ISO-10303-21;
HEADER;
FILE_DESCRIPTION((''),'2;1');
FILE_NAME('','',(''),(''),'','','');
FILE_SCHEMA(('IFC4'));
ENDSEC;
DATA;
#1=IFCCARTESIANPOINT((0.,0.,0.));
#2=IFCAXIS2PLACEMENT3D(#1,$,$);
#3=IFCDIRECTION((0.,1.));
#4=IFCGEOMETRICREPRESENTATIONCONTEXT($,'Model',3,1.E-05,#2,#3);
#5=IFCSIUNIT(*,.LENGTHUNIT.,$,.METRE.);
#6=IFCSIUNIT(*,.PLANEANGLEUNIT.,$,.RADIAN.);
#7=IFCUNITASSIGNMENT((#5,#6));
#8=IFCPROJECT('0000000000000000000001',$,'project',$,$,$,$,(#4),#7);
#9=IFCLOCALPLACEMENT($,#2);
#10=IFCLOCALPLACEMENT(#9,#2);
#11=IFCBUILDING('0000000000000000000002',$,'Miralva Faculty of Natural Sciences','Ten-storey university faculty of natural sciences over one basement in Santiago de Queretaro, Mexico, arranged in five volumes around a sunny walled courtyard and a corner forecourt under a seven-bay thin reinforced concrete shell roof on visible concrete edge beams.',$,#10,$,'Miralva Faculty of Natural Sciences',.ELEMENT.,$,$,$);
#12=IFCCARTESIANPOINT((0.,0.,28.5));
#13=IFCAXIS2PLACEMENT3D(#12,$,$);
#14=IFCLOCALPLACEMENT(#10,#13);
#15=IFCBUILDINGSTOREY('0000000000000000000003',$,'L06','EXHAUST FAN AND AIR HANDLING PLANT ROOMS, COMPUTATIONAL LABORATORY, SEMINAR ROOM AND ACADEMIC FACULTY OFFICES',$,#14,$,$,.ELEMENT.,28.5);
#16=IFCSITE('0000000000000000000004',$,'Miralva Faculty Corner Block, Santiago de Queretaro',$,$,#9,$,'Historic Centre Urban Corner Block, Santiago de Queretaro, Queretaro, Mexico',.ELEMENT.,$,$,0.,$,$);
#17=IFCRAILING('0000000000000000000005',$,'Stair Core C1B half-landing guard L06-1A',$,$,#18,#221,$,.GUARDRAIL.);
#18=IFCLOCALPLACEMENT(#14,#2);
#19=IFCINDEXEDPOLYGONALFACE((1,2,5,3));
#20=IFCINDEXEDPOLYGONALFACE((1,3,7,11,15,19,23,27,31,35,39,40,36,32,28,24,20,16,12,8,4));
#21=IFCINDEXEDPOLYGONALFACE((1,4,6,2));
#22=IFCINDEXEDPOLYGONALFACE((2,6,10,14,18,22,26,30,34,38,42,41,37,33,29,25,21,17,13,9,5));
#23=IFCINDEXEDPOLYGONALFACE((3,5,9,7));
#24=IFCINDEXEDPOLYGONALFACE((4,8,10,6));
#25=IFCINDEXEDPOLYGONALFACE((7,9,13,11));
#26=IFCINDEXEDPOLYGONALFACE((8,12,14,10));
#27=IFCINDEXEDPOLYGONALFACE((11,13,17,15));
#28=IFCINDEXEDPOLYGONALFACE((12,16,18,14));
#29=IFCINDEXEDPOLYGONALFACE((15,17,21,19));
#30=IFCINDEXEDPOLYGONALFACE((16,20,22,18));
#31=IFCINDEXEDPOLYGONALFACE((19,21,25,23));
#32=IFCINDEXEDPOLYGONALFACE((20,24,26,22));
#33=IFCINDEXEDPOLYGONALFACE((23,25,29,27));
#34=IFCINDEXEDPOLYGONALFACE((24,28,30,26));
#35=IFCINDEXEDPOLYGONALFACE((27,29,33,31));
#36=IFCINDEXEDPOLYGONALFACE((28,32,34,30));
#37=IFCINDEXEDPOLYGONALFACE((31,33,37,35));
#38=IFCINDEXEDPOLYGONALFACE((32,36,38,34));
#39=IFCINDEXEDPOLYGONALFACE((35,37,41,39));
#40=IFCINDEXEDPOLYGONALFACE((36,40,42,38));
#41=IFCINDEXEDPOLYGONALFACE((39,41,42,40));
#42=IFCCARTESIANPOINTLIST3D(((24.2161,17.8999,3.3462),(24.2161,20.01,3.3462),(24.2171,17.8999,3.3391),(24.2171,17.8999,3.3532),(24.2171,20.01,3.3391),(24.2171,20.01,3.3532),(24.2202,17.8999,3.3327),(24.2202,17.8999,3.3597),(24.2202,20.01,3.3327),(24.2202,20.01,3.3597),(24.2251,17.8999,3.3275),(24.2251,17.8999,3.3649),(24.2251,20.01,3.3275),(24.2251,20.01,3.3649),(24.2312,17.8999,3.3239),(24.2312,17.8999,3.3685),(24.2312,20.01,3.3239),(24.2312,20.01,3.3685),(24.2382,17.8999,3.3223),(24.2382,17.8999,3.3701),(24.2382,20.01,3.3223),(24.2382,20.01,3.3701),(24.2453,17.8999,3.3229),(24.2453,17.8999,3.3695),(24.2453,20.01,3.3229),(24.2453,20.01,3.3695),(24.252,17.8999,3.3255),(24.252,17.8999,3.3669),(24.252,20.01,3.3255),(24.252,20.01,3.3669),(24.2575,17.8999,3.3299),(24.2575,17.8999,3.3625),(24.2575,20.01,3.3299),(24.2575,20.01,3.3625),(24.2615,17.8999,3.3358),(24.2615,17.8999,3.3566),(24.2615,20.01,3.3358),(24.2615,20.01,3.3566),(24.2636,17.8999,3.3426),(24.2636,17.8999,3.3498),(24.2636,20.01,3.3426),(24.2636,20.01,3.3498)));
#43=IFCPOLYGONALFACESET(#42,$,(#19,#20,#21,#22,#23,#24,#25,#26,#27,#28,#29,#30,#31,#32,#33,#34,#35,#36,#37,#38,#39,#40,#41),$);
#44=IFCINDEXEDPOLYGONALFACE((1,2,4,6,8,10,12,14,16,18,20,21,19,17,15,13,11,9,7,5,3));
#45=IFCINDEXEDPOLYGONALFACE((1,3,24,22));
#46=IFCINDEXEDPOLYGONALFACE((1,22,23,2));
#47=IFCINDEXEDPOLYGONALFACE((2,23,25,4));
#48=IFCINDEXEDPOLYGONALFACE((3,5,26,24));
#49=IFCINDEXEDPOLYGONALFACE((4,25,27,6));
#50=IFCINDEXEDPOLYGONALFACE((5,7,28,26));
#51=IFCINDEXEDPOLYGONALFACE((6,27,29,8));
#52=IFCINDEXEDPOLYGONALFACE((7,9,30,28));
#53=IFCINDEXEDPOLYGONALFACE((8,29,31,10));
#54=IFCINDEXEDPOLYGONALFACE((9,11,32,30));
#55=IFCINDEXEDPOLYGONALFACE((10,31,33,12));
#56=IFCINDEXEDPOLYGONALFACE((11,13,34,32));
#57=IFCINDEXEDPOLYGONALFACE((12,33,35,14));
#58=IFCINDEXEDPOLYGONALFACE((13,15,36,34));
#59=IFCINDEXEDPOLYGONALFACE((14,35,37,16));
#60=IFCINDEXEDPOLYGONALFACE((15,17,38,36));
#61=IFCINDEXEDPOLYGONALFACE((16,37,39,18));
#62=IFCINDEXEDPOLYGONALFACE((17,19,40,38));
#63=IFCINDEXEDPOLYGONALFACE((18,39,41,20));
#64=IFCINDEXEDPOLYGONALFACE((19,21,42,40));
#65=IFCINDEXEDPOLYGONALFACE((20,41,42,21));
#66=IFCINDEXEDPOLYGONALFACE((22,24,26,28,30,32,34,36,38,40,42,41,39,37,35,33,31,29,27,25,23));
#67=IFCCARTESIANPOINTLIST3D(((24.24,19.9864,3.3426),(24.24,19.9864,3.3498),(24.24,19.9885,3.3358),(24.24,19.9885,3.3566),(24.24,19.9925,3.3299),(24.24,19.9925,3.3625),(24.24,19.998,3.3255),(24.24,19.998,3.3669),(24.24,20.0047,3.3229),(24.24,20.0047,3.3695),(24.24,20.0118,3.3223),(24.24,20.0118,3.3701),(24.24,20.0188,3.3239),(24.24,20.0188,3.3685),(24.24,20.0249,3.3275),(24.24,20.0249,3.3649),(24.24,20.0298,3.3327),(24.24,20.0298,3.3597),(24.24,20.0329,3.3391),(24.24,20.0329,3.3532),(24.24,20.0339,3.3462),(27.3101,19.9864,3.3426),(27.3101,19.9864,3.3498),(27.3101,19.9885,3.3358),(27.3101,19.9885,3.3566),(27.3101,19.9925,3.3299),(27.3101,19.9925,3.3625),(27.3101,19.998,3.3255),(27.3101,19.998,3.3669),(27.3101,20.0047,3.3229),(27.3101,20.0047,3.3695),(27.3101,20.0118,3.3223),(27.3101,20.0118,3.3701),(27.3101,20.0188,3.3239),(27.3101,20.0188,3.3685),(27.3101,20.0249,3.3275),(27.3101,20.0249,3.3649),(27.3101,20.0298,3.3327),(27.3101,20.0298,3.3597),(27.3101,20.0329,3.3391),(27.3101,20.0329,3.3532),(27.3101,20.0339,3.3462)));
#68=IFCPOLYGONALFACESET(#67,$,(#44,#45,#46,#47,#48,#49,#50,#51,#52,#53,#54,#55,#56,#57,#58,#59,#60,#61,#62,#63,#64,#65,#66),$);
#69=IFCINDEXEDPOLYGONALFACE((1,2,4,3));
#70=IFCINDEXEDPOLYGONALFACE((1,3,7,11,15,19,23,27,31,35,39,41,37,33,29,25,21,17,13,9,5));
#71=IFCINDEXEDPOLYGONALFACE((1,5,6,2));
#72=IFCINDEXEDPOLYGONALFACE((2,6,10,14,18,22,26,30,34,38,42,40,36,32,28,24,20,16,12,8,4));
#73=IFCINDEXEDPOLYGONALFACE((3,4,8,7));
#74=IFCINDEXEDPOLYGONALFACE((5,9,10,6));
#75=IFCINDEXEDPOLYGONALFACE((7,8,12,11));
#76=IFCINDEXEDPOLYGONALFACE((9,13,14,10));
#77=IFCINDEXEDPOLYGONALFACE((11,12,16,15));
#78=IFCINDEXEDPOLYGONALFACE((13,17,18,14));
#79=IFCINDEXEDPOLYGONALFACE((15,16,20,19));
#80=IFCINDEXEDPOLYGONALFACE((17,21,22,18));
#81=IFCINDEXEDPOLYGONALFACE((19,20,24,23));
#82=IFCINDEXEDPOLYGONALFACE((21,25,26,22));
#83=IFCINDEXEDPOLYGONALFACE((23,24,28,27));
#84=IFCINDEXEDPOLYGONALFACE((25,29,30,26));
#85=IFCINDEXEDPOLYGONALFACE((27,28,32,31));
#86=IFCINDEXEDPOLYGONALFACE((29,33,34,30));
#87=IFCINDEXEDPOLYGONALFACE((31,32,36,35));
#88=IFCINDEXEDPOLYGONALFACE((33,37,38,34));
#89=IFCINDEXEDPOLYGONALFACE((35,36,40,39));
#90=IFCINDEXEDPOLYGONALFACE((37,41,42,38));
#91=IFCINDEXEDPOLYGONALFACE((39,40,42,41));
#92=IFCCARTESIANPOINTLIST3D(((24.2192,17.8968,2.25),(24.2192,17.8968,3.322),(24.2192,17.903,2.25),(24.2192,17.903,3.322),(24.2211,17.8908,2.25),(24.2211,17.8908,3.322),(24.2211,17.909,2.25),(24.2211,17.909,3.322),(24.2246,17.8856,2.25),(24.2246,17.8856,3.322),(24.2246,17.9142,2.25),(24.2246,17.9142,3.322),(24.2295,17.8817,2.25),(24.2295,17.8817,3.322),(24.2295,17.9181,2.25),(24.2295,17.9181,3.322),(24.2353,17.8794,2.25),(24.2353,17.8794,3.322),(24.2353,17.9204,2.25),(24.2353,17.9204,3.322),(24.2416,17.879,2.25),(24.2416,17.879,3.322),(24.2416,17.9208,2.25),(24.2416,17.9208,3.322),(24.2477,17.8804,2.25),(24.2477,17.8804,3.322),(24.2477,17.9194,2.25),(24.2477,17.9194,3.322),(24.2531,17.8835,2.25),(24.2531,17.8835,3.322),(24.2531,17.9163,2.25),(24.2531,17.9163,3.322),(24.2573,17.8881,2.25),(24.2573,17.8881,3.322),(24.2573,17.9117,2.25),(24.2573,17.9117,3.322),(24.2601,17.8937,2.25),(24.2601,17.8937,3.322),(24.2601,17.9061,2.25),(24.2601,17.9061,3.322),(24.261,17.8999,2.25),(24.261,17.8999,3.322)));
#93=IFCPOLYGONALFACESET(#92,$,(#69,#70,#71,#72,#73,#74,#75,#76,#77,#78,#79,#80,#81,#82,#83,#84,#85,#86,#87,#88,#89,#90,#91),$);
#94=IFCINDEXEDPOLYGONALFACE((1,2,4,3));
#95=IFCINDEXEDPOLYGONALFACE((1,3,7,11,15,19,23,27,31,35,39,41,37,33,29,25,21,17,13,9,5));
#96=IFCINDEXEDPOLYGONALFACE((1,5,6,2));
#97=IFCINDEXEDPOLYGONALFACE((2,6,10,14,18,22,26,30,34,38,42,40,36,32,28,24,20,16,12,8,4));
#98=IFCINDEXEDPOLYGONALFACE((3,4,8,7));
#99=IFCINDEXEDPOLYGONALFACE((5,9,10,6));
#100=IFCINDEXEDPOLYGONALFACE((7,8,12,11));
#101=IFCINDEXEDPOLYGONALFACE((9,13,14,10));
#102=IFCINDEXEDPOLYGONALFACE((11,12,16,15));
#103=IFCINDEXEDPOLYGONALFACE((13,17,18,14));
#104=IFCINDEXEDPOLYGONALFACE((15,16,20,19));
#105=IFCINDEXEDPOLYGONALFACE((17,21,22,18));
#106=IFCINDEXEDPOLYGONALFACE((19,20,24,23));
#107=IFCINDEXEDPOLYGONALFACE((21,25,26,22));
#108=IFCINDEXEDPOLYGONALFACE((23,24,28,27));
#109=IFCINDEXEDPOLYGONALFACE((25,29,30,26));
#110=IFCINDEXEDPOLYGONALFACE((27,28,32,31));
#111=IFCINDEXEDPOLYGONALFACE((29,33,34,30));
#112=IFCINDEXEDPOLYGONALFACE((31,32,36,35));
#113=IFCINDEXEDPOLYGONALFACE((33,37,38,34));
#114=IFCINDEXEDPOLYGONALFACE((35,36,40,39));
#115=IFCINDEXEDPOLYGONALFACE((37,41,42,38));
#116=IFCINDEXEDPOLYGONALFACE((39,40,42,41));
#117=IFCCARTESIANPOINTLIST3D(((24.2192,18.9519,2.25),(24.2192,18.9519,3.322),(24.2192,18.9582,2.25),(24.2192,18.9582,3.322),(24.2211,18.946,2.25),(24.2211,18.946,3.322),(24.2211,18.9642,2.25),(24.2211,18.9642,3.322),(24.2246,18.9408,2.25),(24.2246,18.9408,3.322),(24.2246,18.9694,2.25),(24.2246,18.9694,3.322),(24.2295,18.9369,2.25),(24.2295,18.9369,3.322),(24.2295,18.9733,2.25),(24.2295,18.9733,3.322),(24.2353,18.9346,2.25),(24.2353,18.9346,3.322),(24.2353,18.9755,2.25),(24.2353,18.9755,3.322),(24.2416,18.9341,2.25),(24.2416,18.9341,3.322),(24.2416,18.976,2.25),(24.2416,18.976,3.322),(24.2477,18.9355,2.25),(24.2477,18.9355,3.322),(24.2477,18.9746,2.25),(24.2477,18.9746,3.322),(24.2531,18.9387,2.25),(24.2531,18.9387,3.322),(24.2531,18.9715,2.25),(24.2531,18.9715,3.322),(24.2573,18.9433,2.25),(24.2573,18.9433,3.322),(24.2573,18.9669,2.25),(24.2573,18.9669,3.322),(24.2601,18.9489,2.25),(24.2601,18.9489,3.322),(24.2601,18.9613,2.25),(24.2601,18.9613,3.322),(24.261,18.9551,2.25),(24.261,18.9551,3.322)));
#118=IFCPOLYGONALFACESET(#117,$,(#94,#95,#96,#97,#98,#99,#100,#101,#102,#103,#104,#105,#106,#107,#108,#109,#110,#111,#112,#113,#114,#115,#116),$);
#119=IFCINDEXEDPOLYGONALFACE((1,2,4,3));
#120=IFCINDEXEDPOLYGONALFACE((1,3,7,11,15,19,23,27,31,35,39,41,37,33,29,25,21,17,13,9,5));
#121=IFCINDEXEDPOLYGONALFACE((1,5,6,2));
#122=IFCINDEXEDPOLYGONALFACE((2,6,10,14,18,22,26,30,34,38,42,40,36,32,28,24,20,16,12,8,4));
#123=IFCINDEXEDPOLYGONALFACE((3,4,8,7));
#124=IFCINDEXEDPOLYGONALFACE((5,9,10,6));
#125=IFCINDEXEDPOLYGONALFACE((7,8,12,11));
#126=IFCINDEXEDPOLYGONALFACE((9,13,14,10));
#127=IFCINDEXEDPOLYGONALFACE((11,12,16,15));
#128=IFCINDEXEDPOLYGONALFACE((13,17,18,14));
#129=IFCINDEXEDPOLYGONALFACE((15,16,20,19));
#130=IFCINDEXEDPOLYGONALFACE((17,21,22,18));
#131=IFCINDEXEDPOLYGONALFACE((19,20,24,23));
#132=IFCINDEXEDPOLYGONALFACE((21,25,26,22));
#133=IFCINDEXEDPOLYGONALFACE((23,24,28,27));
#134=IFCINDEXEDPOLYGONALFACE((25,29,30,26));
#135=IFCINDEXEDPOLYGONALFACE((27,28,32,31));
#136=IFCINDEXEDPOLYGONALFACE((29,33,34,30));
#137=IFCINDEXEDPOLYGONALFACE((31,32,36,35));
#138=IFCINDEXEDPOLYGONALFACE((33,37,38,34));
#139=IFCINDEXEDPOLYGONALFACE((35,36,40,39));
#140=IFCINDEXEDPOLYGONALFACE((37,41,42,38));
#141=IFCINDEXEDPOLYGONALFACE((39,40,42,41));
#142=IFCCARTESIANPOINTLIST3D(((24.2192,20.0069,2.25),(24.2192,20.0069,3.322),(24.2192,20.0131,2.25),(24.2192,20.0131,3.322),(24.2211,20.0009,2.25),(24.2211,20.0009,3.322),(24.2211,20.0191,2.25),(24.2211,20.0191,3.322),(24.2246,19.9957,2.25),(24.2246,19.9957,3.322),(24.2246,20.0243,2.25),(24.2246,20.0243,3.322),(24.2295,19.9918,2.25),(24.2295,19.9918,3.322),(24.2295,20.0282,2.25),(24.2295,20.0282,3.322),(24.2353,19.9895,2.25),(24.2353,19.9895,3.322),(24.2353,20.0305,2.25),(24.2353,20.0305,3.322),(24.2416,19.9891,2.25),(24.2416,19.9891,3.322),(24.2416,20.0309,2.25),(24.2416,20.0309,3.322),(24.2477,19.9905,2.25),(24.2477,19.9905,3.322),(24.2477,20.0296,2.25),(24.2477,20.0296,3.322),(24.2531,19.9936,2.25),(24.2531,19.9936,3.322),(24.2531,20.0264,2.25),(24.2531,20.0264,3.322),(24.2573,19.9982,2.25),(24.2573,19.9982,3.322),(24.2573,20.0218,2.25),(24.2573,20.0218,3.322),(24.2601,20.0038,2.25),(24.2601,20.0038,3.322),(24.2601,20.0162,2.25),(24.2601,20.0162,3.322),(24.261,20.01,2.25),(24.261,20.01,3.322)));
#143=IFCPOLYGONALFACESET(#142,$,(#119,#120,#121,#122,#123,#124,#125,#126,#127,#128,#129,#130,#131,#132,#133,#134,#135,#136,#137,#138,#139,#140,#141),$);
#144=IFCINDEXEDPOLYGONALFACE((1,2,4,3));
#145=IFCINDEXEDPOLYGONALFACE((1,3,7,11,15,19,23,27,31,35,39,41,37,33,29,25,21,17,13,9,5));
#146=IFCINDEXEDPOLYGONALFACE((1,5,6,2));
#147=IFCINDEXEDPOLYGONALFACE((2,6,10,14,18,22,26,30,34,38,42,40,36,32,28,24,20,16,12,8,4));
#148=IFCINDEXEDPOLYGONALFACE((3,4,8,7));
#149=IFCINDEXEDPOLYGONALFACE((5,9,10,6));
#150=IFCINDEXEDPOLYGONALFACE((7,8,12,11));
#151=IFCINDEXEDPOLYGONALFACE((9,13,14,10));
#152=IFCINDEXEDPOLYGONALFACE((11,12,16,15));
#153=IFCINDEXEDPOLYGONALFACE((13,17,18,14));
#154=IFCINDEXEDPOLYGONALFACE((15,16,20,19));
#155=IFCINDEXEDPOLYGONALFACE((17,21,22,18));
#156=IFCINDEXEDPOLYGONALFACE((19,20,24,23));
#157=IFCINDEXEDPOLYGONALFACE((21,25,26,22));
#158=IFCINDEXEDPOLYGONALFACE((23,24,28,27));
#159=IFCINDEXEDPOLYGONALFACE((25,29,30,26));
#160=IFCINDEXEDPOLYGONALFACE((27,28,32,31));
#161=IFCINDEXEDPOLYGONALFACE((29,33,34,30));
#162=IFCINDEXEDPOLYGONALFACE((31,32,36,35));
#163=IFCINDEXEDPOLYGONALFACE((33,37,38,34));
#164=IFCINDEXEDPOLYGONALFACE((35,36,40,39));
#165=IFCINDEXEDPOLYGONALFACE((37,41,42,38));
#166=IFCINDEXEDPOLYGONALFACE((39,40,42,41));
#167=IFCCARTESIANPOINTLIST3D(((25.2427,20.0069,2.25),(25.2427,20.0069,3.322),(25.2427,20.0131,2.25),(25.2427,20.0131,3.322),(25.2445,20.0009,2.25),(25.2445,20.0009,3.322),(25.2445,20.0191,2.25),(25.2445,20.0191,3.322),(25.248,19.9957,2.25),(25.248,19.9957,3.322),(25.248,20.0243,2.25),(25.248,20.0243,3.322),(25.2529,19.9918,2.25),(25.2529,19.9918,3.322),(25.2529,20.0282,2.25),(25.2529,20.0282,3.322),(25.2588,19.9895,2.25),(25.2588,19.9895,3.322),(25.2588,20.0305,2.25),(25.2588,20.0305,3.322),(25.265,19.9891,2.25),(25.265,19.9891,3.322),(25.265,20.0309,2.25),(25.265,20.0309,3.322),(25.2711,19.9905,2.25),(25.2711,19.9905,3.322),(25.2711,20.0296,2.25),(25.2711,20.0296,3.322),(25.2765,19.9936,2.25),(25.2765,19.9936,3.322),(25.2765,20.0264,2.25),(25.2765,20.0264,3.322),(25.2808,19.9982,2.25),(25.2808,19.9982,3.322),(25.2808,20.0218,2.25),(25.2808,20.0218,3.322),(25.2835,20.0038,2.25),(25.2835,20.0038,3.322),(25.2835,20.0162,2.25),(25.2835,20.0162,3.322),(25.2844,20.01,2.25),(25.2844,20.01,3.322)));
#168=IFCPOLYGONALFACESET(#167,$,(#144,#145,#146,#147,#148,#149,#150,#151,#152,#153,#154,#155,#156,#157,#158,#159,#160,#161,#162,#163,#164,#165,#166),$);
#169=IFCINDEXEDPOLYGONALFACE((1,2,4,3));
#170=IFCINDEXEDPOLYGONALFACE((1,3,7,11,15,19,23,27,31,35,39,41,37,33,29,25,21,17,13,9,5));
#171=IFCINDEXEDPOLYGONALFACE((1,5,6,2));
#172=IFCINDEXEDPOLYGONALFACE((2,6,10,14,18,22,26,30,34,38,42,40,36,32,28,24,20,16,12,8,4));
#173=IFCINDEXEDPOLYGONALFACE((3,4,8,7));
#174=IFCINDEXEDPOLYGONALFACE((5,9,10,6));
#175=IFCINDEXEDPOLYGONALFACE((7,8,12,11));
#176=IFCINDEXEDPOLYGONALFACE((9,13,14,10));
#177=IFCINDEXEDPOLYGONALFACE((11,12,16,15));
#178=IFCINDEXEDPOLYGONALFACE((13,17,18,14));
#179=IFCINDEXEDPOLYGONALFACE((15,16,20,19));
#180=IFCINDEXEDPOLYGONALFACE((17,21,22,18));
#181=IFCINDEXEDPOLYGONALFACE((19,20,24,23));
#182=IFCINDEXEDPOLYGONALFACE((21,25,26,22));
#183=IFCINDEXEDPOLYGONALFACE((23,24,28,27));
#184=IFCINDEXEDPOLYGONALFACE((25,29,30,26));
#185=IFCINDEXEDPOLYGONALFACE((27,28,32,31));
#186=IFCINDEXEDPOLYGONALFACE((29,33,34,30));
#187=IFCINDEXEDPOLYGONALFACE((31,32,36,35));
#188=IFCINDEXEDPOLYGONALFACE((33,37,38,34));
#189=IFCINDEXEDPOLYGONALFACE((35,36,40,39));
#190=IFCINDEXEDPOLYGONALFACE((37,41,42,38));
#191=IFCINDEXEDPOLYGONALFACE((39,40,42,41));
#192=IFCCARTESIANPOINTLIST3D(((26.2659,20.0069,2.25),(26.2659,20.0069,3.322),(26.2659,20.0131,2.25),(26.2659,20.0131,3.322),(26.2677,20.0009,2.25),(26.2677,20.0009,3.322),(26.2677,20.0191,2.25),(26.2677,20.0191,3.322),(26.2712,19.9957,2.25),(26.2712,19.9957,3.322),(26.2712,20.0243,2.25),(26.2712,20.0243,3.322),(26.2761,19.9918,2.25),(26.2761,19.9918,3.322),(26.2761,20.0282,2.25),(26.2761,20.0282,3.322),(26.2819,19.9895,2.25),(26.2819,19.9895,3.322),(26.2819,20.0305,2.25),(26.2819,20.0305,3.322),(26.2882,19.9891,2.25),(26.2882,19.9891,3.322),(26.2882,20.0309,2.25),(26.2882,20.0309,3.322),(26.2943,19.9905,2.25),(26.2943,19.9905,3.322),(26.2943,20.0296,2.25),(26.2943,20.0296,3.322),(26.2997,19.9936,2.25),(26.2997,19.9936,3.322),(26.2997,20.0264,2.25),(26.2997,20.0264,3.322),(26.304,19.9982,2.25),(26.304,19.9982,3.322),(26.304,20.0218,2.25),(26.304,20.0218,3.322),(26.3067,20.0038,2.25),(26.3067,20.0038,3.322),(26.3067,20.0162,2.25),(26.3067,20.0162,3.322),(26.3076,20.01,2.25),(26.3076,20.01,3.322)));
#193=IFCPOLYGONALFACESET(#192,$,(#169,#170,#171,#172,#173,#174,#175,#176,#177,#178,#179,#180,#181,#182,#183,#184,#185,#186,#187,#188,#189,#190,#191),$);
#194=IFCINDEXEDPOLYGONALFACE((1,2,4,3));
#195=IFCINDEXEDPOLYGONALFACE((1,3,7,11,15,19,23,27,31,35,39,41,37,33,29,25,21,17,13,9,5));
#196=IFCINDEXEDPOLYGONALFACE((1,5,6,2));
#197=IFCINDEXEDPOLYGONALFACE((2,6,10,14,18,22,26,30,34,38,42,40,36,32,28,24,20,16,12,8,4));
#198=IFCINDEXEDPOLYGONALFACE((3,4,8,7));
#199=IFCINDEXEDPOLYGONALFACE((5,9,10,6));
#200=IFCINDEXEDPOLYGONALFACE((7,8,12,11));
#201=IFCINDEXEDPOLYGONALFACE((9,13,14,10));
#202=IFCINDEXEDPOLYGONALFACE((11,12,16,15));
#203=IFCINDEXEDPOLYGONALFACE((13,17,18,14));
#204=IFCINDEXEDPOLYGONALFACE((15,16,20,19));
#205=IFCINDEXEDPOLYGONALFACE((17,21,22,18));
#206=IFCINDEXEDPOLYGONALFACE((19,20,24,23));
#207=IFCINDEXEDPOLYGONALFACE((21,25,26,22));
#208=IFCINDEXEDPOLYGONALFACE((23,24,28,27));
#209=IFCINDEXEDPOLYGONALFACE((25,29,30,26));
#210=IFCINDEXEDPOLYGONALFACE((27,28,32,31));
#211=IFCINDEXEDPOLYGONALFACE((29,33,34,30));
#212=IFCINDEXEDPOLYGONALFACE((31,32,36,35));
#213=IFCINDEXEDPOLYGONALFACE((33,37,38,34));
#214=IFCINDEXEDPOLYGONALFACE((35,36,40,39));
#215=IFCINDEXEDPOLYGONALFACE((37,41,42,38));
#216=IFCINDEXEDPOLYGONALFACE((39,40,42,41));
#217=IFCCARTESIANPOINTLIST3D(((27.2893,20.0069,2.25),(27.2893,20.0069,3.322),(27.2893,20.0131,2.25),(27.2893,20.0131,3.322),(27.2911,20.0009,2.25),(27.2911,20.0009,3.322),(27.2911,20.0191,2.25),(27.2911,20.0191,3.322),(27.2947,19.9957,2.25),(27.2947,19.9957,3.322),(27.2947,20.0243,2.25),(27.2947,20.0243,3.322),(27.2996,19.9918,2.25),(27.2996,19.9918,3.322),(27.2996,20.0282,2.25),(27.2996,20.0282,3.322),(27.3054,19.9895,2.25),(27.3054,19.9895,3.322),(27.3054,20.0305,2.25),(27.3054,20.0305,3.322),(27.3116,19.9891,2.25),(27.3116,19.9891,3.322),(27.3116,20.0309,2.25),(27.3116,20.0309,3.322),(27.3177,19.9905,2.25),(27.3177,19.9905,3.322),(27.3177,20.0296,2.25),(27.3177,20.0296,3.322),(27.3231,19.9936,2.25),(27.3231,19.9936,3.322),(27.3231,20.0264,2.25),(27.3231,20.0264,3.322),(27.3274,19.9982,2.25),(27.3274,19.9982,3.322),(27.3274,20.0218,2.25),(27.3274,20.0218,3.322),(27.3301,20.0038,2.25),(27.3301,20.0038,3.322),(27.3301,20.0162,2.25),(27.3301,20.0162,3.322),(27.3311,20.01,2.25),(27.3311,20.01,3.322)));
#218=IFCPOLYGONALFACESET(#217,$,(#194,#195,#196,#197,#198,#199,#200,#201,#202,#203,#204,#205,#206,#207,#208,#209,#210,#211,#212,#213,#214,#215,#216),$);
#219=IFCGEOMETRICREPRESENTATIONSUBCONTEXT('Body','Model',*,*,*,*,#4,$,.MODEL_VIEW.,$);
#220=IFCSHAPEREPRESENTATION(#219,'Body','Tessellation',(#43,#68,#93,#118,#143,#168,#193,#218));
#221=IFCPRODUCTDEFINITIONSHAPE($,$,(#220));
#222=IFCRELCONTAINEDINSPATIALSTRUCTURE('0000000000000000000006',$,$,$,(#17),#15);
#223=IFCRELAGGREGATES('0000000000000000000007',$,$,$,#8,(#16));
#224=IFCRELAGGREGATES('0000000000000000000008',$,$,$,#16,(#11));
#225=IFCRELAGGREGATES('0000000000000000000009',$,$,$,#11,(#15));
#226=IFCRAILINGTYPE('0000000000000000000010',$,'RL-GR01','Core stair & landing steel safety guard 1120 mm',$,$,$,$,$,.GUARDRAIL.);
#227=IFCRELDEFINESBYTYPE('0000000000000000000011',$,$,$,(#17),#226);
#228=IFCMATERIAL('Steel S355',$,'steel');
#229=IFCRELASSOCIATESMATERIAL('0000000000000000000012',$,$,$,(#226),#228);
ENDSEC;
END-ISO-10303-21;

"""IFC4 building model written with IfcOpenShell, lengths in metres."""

from ifc_helpers import new_model, si_unit, direction, frame, origin, origin_2d, place, context, subcontext, project, spatial, circle, extrude, material, type_object, element, save


model = new_model("IFC4")

# Units and contexts
model_context = context("Model", 3, precision=1e-05, world=origin(), true_north=direction((0.0, 1.0)))
body_context = subcontext(model_context, "Body", "Model", "MODEL_VIEW")
ifc_project = project(units=[si_unit("LENGTHUNIT", "METRE"), si_unit("PLANEANGLEUNIT", "RADIAN")], contexts=[model_context])

# Site, building, storey
site_placement = place(None, origin())
site = spatial("IfcSite", under=ifc_project, at=site_placement, Name="Miralva Faculty Corner Block, Santiago de Queretaro", LongName="Historic Centre Urban Corner Block, Santiago de Queretaro, Queretaro, Mexico", CompositionType="ELEMENT", RefElevation=0.0)
building_placement = place(site_placement, origin())
building = spatial("IfcBuilding", under=site, at=building_placement, Name="Miralva Faculty of Natural Sciences", Description="Ten-storey university faculty of natural sciences over one basement in Santiago de Queretaro, Mexico, arranged in five volumes around a sunny walled courtyard and a corner forecourt under a seven-bay thin reinforced concrete shell roof on visible concrete edge beams.", LongName="Miralva Faculty of Natural Sciences", CompositionType="ELEMENT")
storey_placement = place(building_placement, frame((0.0, 0.0, 28.5)))
storey = spatial("IfcBuildingStorey", under=building, at=storey_placement, Name="L06", Description="EXHAUST FAN AND AIR HANDLING PLANT ROOMS, COMPUTATIONAL LABORATORY, SEMINAR ROOM AND ACADEMIC FACULTY OFFICES", CompositionType="ELEMENT", Elevation=28.5)

# Shared definitions
ifc_material_1 = material(Name="Steel S355", Category="steel")

# Railing
railing_type_1 = type_object("IfcRailingType", Name="RL-GR01", Description="Core stair & landing steel safety guard 1120 mm", PredefinedType="GUARDRAIL", material=ifc_material_1)
railing_1_placement = place(storey_placement, frame((24.24, 17.8999, 2.25)))
element("IfcRailing", 1, at=railing_1_placement, inside=storey, type_object=railing_type_1, Name="Stair Core C1B half-landing guard L06-1A", PredefinedType="GUARDRAIL", context=body_context, shape_type="SweptSolid", body=[
    extrude(circle(Radius=0.0239, at=origin_2d()), frame((0.0, 0.0, 1.0962), z_axis=(0.0, 1.0, 0.0), x_axis=(-1.0, 0.0, 0.0)), (0.0, 0.0, 1.0), 2.1101),
    extrude(circle(Radius=0.0239, at=origin_2d()), frame((0.0, 2.1101, 1.0962), z_axis=(1.0, 0.0, 0.0), x_axis=(0.0, 1.0, 0.0)), (0.0, 0.0, 1.0), 3.0701),
    extrude(circle(Radius=0.021, at=origin_2d()), origin(), (0.0, 0.0, 1.0), 1.072),
    extrude(circle(Radius=0.021, at=origin_2d()), frame((0.0, 1.0552, 0.0)), (0.0, 0.0, 1.0), 1.072),
    extrude(circle(Radius=0.021, at=origin_2d()), frame((0.0, 2.1101, 0.0)), (0.0, 0.0, 1.0), 1.072),
    extrude(circle(Radius=0.021, at=origin_2d()), frame((1.0234, 2.1101, 0.0)), (0.0, 0.0, 1.0), 1.072),
    extrude(circle(Radius=0.021, at=origin_2d()), frame((2.0466, 2.1101, 0.0)), (0.0, 0.0, 1.0), 1.072),
    extrude(circle(Radius=0.021, at=origin_2d()), frame((3.0701, 2.1101, 0.0)), (0.0, 0.0, 1.0), 1.072),
])

save(model, "model.ifc")
